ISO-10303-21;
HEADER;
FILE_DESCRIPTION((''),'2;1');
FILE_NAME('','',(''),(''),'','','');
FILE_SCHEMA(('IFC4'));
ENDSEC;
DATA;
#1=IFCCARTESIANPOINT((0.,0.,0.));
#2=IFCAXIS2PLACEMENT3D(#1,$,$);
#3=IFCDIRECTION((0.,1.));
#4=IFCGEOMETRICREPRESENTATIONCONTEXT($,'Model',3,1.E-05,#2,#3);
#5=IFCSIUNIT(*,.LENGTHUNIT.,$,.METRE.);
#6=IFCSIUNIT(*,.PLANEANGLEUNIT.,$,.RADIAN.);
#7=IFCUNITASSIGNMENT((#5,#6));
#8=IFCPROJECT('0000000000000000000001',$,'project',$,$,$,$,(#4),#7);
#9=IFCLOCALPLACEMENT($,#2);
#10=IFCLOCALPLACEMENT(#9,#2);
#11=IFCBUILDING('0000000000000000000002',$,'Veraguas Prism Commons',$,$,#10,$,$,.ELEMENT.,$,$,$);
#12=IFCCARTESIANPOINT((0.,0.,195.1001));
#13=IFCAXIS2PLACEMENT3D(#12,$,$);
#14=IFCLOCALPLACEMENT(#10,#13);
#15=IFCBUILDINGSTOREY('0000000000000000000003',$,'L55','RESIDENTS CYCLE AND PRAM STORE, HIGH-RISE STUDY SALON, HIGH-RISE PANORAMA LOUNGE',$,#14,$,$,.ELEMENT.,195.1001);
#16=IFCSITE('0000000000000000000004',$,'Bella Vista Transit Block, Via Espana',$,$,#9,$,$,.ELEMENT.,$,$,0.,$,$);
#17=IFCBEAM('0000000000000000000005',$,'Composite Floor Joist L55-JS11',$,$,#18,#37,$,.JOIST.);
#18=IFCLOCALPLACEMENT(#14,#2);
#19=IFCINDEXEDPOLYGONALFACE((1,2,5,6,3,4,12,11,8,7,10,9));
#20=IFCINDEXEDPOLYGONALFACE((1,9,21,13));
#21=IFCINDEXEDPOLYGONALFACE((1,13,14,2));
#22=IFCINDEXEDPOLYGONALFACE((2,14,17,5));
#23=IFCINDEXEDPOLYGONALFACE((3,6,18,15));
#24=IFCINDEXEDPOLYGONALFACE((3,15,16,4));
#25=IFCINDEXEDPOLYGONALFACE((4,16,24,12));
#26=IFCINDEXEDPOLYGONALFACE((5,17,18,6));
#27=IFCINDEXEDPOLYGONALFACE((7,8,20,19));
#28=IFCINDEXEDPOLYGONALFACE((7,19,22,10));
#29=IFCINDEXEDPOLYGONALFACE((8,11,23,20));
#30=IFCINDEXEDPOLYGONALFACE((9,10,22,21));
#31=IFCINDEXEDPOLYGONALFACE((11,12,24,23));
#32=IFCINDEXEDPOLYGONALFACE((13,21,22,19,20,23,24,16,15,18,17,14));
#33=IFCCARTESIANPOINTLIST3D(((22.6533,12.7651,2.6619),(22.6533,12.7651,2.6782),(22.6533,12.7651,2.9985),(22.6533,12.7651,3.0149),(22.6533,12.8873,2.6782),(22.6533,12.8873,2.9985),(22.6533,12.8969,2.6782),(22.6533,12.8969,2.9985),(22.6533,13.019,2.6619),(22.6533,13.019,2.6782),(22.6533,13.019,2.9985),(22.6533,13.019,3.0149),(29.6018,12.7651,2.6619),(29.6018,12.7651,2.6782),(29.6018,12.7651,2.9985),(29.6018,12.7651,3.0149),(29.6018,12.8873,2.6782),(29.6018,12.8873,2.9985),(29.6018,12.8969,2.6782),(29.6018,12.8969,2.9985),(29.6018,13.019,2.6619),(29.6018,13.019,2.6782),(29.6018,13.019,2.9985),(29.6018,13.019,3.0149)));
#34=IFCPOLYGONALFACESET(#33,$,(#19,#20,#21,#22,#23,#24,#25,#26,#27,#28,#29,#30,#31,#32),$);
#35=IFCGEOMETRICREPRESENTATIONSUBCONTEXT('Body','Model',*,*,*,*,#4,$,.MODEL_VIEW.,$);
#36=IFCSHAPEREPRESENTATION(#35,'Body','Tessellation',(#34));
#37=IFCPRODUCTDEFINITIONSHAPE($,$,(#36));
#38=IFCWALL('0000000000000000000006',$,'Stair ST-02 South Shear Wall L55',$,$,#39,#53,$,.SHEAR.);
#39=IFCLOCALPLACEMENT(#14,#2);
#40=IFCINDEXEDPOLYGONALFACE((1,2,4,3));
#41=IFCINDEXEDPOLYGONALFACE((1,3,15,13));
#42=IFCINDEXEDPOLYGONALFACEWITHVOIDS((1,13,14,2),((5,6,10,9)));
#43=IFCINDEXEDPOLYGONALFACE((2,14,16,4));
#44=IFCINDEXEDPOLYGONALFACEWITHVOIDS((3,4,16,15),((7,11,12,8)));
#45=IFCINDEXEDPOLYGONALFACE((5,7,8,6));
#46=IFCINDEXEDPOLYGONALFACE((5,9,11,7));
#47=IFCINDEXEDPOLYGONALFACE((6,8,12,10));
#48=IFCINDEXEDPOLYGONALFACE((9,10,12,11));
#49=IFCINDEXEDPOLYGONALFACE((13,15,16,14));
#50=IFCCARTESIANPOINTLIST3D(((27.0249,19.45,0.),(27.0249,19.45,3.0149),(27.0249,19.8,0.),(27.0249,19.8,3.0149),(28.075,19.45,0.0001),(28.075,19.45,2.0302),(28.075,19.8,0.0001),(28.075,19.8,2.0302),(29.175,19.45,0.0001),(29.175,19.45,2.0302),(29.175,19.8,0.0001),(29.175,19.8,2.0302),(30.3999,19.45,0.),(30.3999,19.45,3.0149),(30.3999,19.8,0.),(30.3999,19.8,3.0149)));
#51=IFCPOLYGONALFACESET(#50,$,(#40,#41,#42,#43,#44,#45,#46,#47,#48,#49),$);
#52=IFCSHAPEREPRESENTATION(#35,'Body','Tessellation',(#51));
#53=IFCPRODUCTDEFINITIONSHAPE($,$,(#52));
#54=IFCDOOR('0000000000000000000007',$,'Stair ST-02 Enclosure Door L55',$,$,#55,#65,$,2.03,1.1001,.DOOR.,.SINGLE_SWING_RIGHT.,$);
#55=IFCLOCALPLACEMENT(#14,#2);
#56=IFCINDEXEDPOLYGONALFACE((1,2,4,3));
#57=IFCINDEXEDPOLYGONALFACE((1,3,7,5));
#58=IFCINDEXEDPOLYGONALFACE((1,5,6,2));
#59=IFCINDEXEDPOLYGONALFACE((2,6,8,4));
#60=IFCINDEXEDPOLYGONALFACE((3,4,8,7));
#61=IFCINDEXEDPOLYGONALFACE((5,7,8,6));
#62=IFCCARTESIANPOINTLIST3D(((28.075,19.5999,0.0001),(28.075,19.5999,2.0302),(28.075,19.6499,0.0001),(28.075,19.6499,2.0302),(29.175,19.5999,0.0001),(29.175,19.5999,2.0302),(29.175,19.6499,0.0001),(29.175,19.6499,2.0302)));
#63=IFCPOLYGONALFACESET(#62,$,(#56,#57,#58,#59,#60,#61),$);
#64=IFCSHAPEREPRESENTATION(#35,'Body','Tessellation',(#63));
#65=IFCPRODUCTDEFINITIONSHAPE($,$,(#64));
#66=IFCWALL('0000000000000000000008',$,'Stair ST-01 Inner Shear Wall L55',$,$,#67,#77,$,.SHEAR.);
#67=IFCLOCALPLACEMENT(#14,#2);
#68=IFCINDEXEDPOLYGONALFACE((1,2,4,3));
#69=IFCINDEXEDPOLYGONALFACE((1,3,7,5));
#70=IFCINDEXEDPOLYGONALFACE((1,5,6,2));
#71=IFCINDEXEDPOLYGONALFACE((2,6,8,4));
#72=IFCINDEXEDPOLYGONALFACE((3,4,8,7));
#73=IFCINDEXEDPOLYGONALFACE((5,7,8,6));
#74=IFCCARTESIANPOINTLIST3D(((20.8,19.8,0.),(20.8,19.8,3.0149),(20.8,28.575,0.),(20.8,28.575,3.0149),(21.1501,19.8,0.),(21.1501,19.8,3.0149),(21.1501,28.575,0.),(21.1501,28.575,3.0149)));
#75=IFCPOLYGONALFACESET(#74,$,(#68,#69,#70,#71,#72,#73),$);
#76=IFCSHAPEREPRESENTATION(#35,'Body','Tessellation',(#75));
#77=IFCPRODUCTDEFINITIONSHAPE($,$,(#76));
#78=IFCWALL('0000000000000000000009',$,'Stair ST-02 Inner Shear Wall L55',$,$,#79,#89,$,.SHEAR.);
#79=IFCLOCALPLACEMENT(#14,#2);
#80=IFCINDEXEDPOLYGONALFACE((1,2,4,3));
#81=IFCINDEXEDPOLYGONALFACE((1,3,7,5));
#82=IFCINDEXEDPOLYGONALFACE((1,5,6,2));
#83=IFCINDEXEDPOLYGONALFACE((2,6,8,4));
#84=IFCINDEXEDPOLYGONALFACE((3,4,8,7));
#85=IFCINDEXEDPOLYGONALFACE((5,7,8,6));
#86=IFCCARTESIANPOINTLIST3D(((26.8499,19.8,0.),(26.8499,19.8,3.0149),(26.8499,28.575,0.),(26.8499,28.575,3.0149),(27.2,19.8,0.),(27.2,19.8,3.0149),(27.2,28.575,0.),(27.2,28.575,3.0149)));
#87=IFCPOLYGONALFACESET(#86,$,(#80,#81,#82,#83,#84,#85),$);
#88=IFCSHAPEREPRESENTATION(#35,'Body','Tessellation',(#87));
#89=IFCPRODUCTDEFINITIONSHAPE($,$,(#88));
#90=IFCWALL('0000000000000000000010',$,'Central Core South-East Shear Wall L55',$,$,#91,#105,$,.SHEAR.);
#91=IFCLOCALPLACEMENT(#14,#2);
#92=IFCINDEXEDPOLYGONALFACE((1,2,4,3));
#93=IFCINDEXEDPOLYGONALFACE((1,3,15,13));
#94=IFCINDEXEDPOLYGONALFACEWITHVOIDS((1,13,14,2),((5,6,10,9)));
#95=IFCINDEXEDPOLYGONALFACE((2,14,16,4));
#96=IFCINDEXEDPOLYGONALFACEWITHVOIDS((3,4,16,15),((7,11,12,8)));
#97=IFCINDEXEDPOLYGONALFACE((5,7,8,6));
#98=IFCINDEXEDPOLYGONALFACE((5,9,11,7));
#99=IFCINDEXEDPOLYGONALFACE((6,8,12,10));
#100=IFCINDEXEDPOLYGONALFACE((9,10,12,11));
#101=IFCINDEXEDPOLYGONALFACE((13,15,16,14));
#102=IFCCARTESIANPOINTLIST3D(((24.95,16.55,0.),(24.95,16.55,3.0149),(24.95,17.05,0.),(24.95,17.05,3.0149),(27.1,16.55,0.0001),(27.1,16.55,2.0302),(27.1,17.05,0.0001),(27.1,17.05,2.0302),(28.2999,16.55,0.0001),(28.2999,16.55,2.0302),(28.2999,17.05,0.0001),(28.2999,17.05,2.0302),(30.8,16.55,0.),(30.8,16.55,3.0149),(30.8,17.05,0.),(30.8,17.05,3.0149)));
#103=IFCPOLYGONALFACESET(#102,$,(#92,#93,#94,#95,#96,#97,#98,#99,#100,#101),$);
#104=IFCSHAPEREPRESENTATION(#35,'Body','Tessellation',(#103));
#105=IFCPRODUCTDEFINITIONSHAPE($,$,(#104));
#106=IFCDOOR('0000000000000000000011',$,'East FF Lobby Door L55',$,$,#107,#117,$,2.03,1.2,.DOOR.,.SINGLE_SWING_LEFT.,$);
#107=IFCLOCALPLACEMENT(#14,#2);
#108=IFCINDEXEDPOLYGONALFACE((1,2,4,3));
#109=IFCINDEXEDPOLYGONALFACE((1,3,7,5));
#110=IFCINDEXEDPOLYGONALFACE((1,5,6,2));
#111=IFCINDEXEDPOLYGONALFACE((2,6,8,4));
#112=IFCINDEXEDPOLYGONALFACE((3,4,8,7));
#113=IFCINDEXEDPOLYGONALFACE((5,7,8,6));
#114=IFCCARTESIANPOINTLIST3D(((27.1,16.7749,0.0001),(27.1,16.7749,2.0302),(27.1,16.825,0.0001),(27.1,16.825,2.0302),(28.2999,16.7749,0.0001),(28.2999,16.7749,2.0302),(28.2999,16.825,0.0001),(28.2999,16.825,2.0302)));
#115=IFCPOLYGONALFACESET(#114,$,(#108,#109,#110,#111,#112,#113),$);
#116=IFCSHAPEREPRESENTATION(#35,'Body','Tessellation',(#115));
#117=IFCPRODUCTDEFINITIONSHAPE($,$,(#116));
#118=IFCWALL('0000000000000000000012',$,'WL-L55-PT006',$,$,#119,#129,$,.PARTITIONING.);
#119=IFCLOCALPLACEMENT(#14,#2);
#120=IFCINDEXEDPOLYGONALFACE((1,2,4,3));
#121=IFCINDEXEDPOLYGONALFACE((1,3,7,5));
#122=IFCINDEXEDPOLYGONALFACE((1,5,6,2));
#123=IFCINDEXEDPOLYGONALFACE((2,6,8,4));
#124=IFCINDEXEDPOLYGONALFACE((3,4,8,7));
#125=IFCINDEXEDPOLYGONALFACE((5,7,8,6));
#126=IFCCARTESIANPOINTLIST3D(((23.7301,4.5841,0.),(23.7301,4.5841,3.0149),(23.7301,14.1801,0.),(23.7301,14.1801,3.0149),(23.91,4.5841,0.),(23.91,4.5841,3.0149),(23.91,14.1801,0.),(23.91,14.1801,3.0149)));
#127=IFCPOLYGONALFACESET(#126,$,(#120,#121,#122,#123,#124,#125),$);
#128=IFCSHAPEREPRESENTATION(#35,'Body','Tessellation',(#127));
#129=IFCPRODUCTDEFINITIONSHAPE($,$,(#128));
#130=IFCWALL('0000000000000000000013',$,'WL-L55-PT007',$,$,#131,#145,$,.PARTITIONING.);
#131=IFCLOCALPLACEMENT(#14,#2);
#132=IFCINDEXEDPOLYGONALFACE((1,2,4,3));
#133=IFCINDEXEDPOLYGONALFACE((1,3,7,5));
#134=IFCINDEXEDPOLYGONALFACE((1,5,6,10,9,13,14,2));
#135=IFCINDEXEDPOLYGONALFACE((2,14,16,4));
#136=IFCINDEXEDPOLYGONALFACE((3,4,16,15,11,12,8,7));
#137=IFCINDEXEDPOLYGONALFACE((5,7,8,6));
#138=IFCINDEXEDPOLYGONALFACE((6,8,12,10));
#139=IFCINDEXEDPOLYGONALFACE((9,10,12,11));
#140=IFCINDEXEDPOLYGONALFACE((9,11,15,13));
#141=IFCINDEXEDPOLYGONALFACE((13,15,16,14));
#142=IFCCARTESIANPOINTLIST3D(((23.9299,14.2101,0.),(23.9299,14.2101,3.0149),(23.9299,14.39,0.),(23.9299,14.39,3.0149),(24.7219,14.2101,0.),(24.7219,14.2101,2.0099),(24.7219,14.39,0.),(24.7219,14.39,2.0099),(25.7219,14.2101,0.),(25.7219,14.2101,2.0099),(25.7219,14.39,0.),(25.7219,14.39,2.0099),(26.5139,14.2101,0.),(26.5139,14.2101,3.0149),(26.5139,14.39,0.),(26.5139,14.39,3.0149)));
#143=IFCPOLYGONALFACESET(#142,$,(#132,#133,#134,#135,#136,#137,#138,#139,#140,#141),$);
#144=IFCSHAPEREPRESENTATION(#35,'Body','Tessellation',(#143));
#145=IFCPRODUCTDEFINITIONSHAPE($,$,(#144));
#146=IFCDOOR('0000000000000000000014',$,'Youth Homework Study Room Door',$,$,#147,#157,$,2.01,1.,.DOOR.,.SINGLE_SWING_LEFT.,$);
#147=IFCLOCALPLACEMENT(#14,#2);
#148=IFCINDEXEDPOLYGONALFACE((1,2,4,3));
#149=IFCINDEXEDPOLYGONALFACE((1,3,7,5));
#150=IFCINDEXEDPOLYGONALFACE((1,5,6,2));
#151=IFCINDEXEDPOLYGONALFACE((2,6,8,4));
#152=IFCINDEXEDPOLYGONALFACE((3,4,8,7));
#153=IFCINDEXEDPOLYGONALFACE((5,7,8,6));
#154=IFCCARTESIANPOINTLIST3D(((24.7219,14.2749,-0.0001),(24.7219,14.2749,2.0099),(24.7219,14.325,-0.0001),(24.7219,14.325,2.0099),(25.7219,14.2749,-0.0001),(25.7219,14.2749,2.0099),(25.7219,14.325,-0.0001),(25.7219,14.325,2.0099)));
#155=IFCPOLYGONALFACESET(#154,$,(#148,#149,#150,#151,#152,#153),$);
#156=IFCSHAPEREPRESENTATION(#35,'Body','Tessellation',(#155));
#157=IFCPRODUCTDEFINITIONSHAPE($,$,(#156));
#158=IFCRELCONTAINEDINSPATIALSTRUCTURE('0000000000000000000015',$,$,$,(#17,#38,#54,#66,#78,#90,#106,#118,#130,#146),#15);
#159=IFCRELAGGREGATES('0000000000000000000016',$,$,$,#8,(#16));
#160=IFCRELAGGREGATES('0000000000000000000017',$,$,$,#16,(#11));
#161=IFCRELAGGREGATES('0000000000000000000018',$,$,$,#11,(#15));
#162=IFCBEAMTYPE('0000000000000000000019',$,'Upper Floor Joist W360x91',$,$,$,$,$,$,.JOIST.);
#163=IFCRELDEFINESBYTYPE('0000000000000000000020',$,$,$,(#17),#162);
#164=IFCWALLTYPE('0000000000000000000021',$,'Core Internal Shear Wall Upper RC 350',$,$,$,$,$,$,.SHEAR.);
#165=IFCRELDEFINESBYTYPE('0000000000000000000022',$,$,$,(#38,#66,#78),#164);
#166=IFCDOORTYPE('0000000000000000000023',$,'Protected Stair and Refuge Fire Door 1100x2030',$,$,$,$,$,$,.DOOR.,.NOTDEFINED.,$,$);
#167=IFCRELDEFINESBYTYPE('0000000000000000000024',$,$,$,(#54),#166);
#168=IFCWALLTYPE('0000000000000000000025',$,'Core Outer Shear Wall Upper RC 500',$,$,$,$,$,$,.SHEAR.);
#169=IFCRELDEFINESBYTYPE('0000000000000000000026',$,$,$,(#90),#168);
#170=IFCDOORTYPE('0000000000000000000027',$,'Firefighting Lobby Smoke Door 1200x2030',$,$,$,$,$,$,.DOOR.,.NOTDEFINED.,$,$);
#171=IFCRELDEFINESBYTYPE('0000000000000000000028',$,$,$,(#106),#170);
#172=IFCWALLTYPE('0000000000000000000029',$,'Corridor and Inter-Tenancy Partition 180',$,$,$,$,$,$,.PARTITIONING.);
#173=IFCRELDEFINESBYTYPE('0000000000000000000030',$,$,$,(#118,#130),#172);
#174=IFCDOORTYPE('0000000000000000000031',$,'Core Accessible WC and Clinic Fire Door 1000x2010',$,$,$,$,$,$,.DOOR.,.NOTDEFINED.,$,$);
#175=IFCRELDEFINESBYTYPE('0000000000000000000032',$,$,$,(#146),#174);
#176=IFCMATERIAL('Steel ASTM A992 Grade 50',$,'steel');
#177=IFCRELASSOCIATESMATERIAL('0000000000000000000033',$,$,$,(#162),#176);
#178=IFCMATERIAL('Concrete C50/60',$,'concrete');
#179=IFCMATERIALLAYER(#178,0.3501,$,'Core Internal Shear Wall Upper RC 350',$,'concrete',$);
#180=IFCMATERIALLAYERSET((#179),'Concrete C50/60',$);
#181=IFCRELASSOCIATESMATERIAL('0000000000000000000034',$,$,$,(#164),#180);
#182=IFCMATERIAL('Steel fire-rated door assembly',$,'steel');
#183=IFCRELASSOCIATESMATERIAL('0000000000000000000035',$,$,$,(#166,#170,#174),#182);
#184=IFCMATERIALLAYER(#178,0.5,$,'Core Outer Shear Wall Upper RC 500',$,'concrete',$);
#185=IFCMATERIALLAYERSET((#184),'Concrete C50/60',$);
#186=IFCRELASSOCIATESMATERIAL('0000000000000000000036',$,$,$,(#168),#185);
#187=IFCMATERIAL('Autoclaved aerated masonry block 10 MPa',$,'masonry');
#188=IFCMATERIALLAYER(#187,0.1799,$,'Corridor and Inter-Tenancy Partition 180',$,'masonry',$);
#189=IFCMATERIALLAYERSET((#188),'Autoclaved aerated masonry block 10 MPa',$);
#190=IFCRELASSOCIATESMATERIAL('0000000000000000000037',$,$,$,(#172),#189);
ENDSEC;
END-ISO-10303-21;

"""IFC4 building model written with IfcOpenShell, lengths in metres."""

from ifc_helpers import new_model, si_unit, direction, frame, frame_2d, origin, origin_2d, place, context, subcontext, project, spatial, rectangle, i_section, extrude, source, transform, mapped, material, layer, layer_set, material_profile, profile_set, type_object, element, fill, save


model = new_model("IFC4")

# Units and contexts
model_context = context("Model", 3, precision=1e-05, world=origin(), true_north=direction((0.0, 1.0)))
body_context = subcontext(model_context, "Body", "Model", "MODEL_VIEW")
ifc_project = project(units=[si_unit("LENGTHUNIT", "METRE"), si_unit("PLANEANGLEUNIT", "RADIAN")], contexts=[model_context])

# Site, building, storey
site_placement = place(None, origin())
site = spatial("IfcSite", under=ifc_project, at=site_placement, Name="Bella Vista Transit Block, Via Espana", CompositionType="ELEMENT", RefElevation=0.0)
building_placement = place(site_placement, origin())
building = spatial("IfcBuilding", under=site, at=building_placement, Name="Veraguas Prism Commons", CompositionType="ELEMENT")
storey_placement = place(building_placement, frame((0.0, 0.0, 195.1001)))
storey = spatial("IfcBuildingStorey", under=building, at=storey_placement, Name="L55", Description="RESIDENTS CYCLE AND PRAM STORE, HIGH-RISE STUDY SALON, HIGH-RISE PANORAMA LOUNGE", CompositionType="ELEMENT", Elevation=195.1001)

# Beam
ifc_material_1 = material(Name="Steel ASTM A992 Grade 50", Category="steel")
ifc_material_profile = material_profile(ifc_material_1, i_section(OverallWidth=0.2539, OverallDepth=0.353, WebThickness=0.0095, FlangeThickness=0.0164, at=origin_2d()), Name="W360X91")
ifc_profile_set = profile_set([ifc_material_profile], Name="Steel ASTM A992 Grade 50")
beam_type = type_object("IfcBeamType", Name="Upper Floor Joist W360x91", PredefinedType="JOIST", material=ifc_profile_set)
beam_placement = place(storey_placement, frame((22.6533, 12.8921, 2.8384), z_axis=(1.0, 0.0, 0.0), x_axis=(0.0, 1.0, 0.0)))
element("IfcBeam", 1, at=beam_placement, inside=storey, type_object=beam_type, Name="Composite Floor Joist L55-JS11", PredefinedType="JOIST", context=body_context, shape_type="SweptSolid", body=[
    extrude(i_section(OverallWidth=0.2539, OverallDepth=0.353, WebThickness=0.0095, FlangeThickness=0.0164, at=origin_2d()), origin(), (0.0, 0.0, 1.0), 6.9485),
])

# Wall, opening, door
ifc_material_2 = material(Name="Concrete C50/60", Category="concrete")
ifc_layer_1 = layer(ifc_material_2, 0.3501, Name="Core Internal Shear Wall Upper RC 350", Category="concrete")
ifc_layer_set_1 = layer_set([ifc_layer_1], Name="Concrete C50/60")
wall_type_1 = type_object("IfcWallType", Name="Core Internal Shear Wall Upper RC 350", PredefinedType="SHEAR", material=ifc_layer_set_1)
wall_1_placement = place(storey_placement, frame((27.0249, 19.625, 0.0), z_axis=(0.0, 0.0, 1.0), x_axis=(1.0, 0.0, 0.0)))
wall_1 = element("IfcWall", 2, at=wall_1_placement, inside=storey, type_object=wall_type_1, Name="Stair ST-02 South Shear Wall L55", PredefinedType="SHEAR", context=body_context, shape_type="SweptSolid", body=[
    extrude(rectangle(XDim=3.375, YDim=0.3501, at=frame_2d((1.6875, 0.0))), origin(), (0.0, 0.0, 1.0), 3.0149),
])
opening_1_placement = place(wall_1_placement, frame((1.05, 0.0, 0.0)))
opening_1 = element("IfcOpeningElement", 3, at=opening_1_placement, cuts=wall_1, PredefinedType="OPENING", context=body_context, shape_type="SweptSolid", body=[
    extrude(rectangle(XDim=1.1001, YDim=2.03, at=frame_2d((0.55, 1.0151))), frame((0.0, 0.1851, 0.0), z_axis=(0.0, -1.0, 0.0), x_axis=(1.0, 0.0, 0.0)), (0.0, 0.0, 1.0), 0.3701),
])
ifc_material_3 = material(Name="Steel fire-rated door assembly", Category="steel")
door_type_1 = type_object("IfcDoorType", Name="Protected Stair and Refuge Fire Door 1100x2030", OperationType="NOTDEFINED", PredefinedType="DOOR", material=ifc_material_3)
shared_shape_1 = source(origin(), body_context, "Body", "SweptSolid", [
    extrude(rectangle(XDim=1.1001, YDim=2.03, at=frame_2d((0.55, 1.0151))), frame((0.0, 0.0249, 0.0), z_axis=(0.0, -1.0, 0.0), x_axis=(1.0, 0.0, 0.0)), (0.0, 0.0, 1.0), 0.05),
])
door_1_placement = place(opening_1_placement, origin())
door_1 = element("IfcDoor", 4, at=door_1_placement, inside=storey, type_object=door_type_1, Name="Stair ST-02 Enclosure Door L55", OperationType="SINGLE_SWING_RIGHT", OverallHeight=2.03, OverallWidth=1.1001, PredefinedType="DOOR", context=body_context, shape_type="MappedRepresentation", body=[
    mapped(shared_shape_1, transform((0.0, 0.0, 0.0), scale=1.0)),
])
fill(opening_1, door_1)

# Walls
for number, where, z_axis, x_axis, name in (
    (5, (20.9751, 19.8, 0.0), (0.0, 0.0, 1.0), (0.0, 1.0, 0.0), "Stair ST-01 Inner Shear Wall L55"),
    (6, (27.0249, 19.8, 0.0), (0.0, 0.0, 1.0), (0.0, 1.0, 0.0), "Stair ST-02 Inner Shear Wall L55"),
):
    element("IfcWall", number, at=place(storey_placement, frame(where, z_axis=z_axis, x_axis=x_axis)), inside=storey, type_object=wall_type_1, Name=name, PredefinedType="SHEAR", context=body_context, shape_type="SweptSolid", body=[
        extrude(rectangle(XDim=8.7749, YDim=0.3501, at=frame_2d((4.3875, 0.0))), origin(), (0.0, 0.0, 1.0), 3.0149),
    ])

# Wall, opening, door
ifc_layer_2 = layer(ifc_material_2, 0.5, Name="Core Outer Shear Wall Upper RC 500", Category="concrete")
ifc_layer_set_2 = layer_set([ifc_layer_2], Name="Concrete C50/60")
wall_type_2 = type_object("IfcWallType", Name="Core Outer Shear Wall Upper RC 500", PredefinedType="SHEAR", material=ifc_layer_set_2)
wall_2_placement = place(storey_placement, frame((24.95, 16.8, 0.0), z_axis=(0.0, 0.0, 1.0), x_axis=(1.0, 0.0, 0.0)))
wall_2 = element("IfcWall", 7, at=wall_2_placement, inside=storey, type_object=wall_type_2, Name="Central Core South-East Shear Wall L55", PredefinedType="SHEAR", context=body_context, shape_type="SweptSolid", body=[
    extrude(rectangle(XDim=5.8501, YDim=0.5, at=frame_2d((2.925, 0.0))), origin(), (0.0, 0.0, 1.0), 3.0149),
])
opening_2_placement = place(wall_2_placement, frame((2.1499, 0.0, 0.0)))
opening_2 = element("IfcOpeningElement", 8, at=opening_2_placement, cuts=wall_2, PredefinedType="OPENING", context=body_context, shape_type="SweptSolid", body=[
    extrude(rectangle(XDim=1.2, YDim=2.03, at=frame_2d((0.6001, 1.0151))), frame((0.0, 0.26, 0.0), z_axis=(0.0, -1.0, 0.0), x_axis=(1.0, 0.0, 0.0)), (0.0, 0.0, 1.0), 0.52),
])
door_type_2 = type_object("IfcDoorType", Name="Firefighting Lobby Smoke Door 1200x2030", OperationType="NOTDEFINED", PredefinedType="DOOR", material=ifc_material_3)
shared_shape_2 = source(origin(), body_context, "Body", "SweptSolid", [
    extrude(rectangle(XDim=1.2, YDim=2.03, at=frame_2d((0.6001, 1.0151))), frame((0.0, 0.0249, 0.0), z_axis=(0.0, -1.0, 0.0), x_axis=(1.0, 0.0, 0.0)), (0.0, 0.0, 1.0), 0.05),
])
door_2_placement = place(opening_2_placement, origin())
door_2 = element("IfcDoor", 9, at=door_2_placement, inside=storey, type_object=door_type_2, Name="East FF Lobby Door L55", OperationType="SINGLE_SWING_LEFT", OverallHeight=2.03, OverallWidth=1.2, PredefinedType="DOOR", context=body_context, shape_type="MappedRepresentation", body=[
    mapped(shared_shape_2, transform((0.0, 0.0, 0.0), scale=1.0)),
])
fill(opening_2, door_2)

# Wall
ifc_material_4 = material(Name="Autoclaved aerated masonry block 10 MPa", Category="masonry")
ifc_layer_3 = layer(ifc_material_4, 0.1799, Name="Corridor and Inter-Tenancy Partition 180", Category="masonry")
ifc_layer_set_3 = layer_set([ifc_layer_3], Name="Autoclaved aerated masonry block 10 MPa")
wall_type_3 = type_object("IfcWallType", Name="Corridor and Inter-Tenancy Partition 180", PredefinedType="PARTITIONING", material=ifc_layer_set_3)
wall_3_placement = place(storey_placement, frame((23.8201, 14.1799, 0.0), z_axis=(0.0, 0.0, 1.0), x_axis=(0.0, -1.0, 0.0)))
element("IfcWall", 10, at=wall_3_placement, inside=storey, type_object=wall_type_3, Name="WL-L55-PT006", PredefinedType="PARTITIONING", context=body_context, shape_type="SweptSolid", body=[
    extrude(rectangle(XDim=9.5959, YDim=0.1799, at=frame_2d((4.7979, 0.0))), origin(), (0.0, 0.0, 1.0), 3.0149),
])

# Wall, opening, door
wall_4_placement = place(storey_placement, frame((23.9299, 14.3, 0.0), z_axis=(0.0, 0.0, 1.0), x_axis=(1.0, 0.0, 0.0)))
wall_4 = element("IfcWall", 11, at=wall_4_placement, inside=storey, type_object=wall_type_3, Name="WL-L55-PT007", PredefinedType="PARTITIONING", context=body_context, shape_type="SweptSolid", body=[
    extrude(rectangle(XDim=2.584, YDim=0.1799, at=frame_2d((1.292, 0.0))), origin(), (0.0, 0.0, 1.0), 3.0149),
])
opening_3_placement = place(wall_4_placement, frame((0.792, 0.0, 0.0)))
opening_3 = element("IfcOpeningElement", 12, at=opening_3_placement, cuts=wall_4, PredefinedType="OPENING", context=body_context, shape_type="SweptSolid", body=[
    extrude(rectangle(XDim=1.0, YDim=2.01, at=frame_2d((0.5, 1.0049))), frame((0.0, 0.0999, 0.0), z_axis=(0.0, -1.0, 0.0), x_axis=(1.0, 0.0, 0.0)), (0.0, 0.0, 1.0), 0.2),
])
door_type_3 = type_object("IfcDoorType", Name="Core Accessible WC and Clinic Fire Door 1000x2010", OperationType="NOTDEFINED", PredefinedType="DOOR", material=ifc_material_3)
shared_shape_3 = source(origin(), body_context, "Body", "SweptSolid", [
    extrude(rectangle(XDim=1.0, YDim=2.01, at=frame_2d((0.5, 1.0049))), frame((0.0, 0.0249, 0.0), z_axis=(0.0, -1.0, 0.0), x_axis=(1.0, 0.0, 0.0)), (0.0, 0.0, 1.0), 0.05),
])
door_3_placement = place(opening_3_placement, origin())
door_3 = element("IfcDoor", 13, at=door_3_placement, inside=storey, type_object=door_type_3, Name="Youth Homework Study Room Door", OperationType="SINGLE_SWING_LEFT", OverallHeight=2.01, OverallWidth=1.0, PredefinedType="DOOR", context=body_context, shape_type="MappedRepresentation", body=[
    mapped(shared_shape_3, transform((0.0, 0.0, 0.0), scale=1.0)),
])
fill(opening_3, door_3)

save(model, "model.ifc")
